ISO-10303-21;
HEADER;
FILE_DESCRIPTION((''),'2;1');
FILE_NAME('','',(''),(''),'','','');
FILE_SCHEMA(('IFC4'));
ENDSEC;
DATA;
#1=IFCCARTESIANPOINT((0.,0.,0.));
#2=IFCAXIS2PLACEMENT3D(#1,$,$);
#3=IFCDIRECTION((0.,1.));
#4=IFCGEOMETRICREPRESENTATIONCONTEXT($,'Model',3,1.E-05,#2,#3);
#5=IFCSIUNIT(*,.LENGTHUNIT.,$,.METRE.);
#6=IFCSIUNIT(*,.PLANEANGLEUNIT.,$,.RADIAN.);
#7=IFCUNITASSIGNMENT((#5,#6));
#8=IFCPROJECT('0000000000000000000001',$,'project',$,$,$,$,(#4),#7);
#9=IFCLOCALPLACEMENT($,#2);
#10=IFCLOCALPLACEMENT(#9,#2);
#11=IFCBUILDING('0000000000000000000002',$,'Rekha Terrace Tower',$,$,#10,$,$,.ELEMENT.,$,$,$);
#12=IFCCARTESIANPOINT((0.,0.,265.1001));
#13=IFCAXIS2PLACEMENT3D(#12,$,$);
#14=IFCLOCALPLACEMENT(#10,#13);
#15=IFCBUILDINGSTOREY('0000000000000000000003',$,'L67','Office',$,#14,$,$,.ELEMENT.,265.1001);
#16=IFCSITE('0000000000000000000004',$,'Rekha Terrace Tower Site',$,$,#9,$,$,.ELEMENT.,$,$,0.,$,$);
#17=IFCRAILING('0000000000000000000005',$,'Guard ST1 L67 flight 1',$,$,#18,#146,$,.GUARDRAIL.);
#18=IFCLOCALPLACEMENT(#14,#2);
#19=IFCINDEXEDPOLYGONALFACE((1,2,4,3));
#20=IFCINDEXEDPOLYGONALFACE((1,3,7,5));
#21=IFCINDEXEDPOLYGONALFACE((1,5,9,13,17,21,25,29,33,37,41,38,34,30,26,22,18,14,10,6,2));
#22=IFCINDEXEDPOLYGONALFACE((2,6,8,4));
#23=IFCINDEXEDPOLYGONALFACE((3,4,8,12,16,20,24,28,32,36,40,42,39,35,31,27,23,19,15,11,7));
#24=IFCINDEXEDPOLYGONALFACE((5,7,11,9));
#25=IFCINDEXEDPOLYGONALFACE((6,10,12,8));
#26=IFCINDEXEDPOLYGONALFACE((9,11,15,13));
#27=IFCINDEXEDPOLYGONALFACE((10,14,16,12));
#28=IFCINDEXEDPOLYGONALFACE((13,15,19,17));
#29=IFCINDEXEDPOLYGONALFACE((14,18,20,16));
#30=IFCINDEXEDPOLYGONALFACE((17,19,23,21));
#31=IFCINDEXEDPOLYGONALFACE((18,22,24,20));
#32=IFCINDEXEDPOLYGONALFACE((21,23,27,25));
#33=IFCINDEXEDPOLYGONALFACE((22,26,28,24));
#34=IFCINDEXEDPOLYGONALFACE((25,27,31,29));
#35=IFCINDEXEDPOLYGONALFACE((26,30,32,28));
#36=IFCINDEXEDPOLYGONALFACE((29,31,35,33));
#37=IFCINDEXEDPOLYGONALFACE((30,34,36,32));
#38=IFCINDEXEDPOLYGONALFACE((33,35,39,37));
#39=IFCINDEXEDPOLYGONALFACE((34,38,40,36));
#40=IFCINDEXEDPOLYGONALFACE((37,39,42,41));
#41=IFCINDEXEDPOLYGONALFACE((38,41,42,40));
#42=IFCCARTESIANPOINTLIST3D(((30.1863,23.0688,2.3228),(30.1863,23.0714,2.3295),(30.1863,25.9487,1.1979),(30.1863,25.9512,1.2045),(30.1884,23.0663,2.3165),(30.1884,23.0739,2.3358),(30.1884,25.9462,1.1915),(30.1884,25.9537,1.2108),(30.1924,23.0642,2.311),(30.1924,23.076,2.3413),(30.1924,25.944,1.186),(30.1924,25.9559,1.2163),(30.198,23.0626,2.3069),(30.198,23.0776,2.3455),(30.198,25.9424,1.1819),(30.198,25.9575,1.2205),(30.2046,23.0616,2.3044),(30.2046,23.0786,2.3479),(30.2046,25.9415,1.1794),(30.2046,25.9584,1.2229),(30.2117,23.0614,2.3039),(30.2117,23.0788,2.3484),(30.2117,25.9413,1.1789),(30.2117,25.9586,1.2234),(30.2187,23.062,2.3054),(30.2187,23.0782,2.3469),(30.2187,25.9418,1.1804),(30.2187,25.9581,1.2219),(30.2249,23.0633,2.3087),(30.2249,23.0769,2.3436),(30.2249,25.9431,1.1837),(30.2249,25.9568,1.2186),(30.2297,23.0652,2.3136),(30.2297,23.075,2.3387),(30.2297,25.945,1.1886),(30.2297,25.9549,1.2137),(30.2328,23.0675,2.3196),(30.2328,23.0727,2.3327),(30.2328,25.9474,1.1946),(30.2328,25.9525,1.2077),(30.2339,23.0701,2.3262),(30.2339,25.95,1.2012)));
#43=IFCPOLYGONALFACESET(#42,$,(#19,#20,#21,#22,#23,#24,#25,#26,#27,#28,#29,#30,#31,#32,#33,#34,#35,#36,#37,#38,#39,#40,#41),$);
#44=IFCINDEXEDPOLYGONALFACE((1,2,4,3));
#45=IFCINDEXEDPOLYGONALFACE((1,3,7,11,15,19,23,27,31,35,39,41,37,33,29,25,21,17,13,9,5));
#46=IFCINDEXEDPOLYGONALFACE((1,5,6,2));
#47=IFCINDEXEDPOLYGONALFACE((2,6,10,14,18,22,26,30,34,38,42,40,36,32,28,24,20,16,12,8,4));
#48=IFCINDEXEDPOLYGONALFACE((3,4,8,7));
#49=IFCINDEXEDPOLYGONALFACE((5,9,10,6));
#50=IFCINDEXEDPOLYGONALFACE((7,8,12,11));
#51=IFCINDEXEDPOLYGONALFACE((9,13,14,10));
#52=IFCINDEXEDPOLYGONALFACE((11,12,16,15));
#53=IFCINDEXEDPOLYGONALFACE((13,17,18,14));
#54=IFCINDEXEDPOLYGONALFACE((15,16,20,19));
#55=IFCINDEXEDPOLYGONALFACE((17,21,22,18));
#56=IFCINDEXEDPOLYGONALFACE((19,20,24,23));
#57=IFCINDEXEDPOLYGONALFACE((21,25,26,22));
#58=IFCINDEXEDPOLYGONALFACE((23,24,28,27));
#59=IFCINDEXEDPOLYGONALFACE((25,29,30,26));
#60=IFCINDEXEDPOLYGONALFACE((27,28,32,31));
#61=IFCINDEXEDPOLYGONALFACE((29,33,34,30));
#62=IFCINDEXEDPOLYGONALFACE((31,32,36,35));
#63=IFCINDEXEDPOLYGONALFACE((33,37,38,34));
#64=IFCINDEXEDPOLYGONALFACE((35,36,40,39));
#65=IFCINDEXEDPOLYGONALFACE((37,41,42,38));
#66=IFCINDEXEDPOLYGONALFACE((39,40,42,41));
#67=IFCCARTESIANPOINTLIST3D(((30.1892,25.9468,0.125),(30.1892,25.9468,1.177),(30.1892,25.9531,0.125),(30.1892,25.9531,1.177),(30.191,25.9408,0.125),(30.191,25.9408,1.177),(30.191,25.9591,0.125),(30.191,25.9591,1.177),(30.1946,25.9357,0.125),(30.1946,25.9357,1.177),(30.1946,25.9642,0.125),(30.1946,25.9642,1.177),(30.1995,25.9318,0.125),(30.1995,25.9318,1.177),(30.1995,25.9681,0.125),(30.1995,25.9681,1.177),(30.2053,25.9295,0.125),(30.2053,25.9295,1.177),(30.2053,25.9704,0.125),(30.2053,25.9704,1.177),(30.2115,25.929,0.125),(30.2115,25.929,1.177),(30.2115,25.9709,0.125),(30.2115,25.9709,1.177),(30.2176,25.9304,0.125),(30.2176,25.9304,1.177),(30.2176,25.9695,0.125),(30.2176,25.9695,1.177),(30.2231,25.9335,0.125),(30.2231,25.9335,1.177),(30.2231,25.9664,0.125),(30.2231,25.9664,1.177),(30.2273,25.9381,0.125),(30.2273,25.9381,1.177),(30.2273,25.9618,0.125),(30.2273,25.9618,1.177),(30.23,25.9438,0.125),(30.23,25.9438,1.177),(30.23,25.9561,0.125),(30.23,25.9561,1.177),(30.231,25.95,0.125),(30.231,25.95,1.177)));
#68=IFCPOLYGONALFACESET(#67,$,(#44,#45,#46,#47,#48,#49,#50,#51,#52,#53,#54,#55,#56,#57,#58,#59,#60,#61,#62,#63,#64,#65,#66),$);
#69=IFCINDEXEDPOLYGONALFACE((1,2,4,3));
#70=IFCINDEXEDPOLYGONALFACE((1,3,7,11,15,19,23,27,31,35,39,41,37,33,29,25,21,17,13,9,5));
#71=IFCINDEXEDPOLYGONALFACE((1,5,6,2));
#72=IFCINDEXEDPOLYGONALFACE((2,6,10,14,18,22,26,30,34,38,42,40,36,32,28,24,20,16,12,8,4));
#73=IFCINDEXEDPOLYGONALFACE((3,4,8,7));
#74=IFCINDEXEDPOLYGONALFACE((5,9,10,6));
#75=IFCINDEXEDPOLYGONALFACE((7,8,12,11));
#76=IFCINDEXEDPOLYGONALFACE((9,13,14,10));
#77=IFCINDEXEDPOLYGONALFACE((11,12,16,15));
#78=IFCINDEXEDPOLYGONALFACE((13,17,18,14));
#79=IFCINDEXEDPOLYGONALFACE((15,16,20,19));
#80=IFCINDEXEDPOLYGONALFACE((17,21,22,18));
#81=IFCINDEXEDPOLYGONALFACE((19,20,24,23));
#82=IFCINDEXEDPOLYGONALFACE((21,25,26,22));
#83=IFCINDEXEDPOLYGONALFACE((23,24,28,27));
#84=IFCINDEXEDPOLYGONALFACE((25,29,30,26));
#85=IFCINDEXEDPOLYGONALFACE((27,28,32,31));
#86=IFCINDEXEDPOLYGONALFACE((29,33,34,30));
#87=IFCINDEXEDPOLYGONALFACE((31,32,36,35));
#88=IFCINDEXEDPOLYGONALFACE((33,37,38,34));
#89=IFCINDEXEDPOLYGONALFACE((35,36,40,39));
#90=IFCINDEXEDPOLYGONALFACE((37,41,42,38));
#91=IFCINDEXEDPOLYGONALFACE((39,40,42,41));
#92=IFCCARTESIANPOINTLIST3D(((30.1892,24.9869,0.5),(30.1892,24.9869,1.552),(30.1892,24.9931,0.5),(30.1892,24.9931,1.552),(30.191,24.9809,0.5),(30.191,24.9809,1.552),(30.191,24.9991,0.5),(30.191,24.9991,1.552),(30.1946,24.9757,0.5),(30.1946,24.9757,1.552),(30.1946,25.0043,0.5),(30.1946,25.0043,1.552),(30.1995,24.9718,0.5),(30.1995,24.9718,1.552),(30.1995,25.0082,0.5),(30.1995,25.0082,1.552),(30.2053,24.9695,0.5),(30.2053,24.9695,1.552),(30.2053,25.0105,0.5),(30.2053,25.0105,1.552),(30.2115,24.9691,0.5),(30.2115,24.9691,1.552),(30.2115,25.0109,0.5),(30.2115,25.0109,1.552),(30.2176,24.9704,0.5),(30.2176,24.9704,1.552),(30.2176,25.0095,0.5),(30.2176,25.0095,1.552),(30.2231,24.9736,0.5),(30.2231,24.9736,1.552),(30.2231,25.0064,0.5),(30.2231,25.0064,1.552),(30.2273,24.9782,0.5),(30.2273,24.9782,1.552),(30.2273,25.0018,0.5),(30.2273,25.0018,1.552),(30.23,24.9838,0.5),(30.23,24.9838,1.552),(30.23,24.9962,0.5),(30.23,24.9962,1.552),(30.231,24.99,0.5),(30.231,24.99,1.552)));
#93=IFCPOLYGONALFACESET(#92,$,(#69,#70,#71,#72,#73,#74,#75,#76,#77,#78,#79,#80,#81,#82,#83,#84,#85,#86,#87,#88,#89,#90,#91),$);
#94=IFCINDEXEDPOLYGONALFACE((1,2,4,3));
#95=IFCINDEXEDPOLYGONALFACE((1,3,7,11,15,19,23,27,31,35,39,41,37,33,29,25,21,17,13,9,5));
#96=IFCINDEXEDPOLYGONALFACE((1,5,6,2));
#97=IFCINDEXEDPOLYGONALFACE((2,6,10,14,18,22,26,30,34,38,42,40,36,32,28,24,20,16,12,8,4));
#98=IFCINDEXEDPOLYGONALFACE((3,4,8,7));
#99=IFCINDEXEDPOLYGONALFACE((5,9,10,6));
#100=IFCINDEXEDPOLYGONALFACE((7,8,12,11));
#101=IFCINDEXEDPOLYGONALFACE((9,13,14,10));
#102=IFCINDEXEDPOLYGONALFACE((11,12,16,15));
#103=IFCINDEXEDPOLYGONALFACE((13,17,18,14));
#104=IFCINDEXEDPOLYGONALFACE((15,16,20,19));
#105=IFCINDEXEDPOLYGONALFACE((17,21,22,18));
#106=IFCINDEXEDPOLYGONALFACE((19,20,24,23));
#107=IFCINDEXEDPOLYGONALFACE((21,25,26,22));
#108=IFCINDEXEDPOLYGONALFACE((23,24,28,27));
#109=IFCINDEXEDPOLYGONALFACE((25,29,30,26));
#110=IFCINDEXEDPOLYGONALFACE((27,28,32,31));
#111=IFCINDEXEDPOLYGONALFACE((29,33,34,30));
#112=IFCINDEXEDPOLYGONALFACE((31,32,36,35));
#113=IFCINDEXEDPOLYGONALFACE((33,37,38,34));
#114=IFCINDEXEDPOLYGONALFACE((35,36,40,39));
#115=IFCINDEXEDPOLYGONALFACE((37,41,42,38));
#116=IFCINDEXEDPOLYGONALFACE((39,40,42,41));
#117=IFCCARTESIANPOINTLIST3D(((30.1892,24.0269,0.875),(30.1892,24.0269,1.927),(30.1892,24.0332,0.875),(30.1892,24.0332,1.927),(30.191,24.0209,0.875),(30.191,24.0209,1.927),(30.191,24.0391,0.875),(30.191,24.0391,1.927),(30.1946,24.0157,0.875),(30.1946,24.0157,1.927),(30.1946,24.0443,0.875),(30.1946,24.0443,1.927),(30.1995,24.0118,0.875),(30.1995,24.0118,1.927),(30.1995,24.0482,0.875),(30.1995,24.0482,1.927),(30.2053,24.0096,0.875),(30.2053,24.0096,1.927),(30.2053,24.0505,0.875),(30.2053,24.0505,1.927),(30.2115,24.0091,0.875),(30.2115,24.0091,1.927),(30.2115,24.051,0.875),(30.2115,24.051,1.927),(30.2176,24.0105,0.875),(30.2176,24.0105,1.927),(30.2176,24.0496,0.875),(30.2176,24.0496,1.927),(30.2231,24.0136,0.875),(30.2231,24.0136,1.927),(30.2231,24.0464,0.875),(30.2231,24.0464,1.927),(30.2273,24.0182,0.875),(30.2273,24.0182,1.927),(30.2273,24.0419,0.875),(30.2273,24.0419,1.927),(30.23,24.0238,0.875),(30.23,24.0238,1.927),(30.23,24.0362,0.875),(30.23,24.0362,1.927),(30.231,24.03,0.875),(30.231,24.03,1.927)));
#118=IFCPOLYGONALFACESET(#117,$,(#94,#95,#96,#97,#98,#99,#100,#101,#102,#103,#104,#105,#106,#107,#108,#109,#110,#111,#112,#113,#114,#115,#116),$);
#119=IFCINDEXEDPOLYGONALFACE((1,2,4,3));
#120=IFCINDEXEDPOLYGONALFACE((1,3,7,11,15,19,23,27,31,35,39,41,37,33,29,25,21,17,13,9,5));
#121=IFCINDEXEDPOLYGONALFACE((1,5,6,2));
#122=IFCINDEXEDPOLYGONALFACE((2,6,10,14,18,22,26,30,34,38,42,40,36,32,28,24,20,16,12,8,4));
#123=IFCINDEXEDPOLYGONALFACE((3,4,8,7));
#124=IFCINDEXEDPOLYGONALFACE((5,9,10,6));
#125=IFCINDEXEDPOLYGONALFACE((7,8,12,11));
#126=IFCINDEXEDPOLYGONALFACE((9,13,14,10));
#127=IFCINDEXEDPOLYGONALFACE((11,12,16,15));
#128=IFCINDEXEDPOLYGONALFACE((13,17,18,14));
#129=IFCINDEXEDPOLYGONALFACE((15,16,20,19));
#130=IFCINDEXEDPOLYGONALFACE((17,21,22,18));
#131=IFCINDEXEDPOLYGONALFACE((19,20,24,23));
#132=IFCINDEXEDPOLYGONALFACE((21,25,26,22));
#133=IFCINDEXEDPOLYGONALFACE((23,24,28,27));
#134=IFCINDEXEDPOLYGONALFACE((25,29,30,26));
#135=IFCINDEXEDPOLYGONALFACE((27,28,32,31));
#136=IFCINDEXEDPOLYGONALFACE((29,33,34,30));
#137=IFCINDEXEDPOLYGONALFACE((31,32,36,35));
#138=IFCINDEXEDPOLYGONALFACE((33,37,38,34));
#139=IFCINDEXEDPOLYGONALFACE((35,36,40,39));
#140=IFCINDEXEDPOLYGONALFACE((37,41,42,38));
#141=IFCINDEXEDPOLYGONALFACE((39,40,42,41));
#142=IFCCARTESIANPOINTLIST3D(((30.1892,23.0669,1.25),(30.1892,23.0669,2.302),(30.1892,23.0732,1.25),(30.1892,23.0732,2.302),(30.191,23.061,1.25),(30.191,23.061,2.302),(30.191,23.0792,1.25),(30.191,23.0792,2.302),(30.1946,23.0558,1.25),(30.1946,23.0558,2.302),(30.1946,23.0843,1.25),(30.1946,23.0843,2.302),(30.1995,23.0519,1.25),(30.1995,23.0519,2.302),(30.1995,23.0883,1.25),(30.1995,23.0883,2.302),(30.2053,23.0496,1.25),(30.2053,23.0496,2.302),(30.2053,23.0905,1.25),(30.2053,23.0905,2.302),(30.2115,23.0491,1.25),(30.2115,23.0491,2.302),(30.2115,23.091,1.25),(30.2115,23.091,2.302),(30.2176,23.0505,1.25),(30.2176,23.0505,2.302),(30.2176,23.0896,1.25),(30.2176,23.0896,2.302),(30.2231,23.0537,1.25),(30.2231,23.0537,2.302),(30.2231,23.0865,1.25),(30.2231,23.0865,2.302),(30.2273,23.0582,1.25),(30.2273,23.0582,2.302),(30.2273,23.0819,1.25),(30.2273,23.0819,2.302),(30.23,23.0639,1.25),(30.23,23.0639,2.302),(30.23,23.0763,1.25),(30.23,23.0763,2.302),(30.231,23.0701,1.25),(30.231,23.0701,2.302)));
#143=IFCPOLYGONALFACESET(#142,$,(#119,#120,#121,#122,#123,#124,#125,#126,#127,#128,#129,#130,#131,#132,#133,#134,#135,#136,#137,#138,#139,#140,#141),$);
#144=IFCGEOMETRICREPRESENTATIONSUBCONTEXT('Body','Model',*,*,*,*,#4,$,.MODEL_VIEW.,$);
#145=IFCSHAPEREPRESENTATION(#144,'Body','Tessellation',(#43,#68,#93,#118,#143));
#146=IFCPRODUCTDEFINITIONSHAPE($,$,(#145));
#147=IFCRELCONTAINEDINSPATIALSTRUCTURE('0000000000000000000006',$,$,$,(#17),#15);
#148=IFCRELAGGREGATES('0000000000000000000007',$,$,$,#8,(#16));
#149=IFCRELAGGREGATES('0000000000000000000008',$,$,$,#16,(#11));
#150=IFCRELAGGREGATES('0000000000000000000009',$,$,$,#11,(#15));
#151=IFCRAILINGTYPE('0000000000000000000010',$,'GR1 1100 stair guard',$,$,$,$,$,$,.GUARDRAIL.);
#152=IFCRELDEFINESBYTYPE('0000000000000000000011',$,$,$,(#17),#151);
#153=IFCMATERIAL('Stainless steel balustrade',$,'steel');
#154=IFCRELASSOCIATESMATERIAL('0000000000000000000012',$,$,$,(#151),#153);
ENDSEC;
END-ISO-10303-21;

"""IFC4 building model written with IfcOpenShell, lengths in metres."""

from ifc_helpers import new_model, si_unit, direction, frame, origin, origin_2d, place, context, subcontext, project, spatial, circle, extrude, material, type_object, element, save


model = new_model("IFC4")

# Units and contexts
model_context = context("Model", 3, precision=1e-05, world=origin(), true_north=direction((0.0, 1.0)))
body_context = subcontext(model_context, "Body", "Model", "MODEL_VIEW")
ifc_project = project(units=[si_unit("LENGTHUNIT", "METRE"), si_unit("PLANEANGLEUNIT", "RADIAN")], contexts=[model_context])

# Site, building, storey
site_placement = place(None, origin())
site = spatial("IfcSite", under=ifc_project, at=site_placement, Name="Rekha Terrace Tower Site", CompositionType="ELEMENT", RefElevation=0.0)
building_placement = place(site_placement, origin())
building = spatial("IfcBuilding", under=site, at=building_placement, Name="Rekha Terrace Tower", CompositionType="ELEMENT")
storey_placement = place(building_placement, frame((0.0, 0.0, 265.1001)))
storey = spatial("IfcBuildingStorey", under=building, at=storey_placement, Name="L67", Description="Office", CompositionType="ELEMENT", Elevation=265.1001)

# Railing
ifc_material_1 = material(Name="Stainless steel balustrade", Category="steel")
railing_type_1 = type_object("IfcRailingType", Name="GR1 1100 stair guard", PredefinedType="GUARDRAIL", material=ifc_material_1)
railing_1_placement = place(storey_placement, frame((30.21, 25.95, 0.125)))
element("IfcRailing", 1, at=railing_1_placement, inside=storey, type_object=railing_type_1, Name="Guard ST1 L67 flight 1", PredefinedType="GUARDRAIL", context=body_context, shape_type="SweptSolid", body=[
    extrude(circle(Radius=0.0239, at=origin_2d()), frame((0.0, 0.0, 1.0762), z_axis=(0.0, -0.931452, 0.363863), x_axis=(1.0, 0.0, 0.0)), (0.0, 0.0, 1.0), 3.0918),
    extrude(circle(Radius=0.021, at=origin_2d()), origin(), (0.0, 0.0, 1.0), 1.052),
    extrude(circle(Radius=0.021, at=origin_2d()), frame((0.0, -0.96, 0.375)), (0.0, 0.0, 1.0), 1.052),
    extrude(circle(Radius=0.021, at=origin_2d()), frame((0.0, -1.9199, 0.75)), (0.0, 0.0, 1.0), 1.052),
    extrude(circle(Radius=0.021, at=origin_2d()), frame((0.0, -2.8799, 1.125)), (0.0, 0.0, 1.0), 1.052),
])

save(model, "model.ifc")
